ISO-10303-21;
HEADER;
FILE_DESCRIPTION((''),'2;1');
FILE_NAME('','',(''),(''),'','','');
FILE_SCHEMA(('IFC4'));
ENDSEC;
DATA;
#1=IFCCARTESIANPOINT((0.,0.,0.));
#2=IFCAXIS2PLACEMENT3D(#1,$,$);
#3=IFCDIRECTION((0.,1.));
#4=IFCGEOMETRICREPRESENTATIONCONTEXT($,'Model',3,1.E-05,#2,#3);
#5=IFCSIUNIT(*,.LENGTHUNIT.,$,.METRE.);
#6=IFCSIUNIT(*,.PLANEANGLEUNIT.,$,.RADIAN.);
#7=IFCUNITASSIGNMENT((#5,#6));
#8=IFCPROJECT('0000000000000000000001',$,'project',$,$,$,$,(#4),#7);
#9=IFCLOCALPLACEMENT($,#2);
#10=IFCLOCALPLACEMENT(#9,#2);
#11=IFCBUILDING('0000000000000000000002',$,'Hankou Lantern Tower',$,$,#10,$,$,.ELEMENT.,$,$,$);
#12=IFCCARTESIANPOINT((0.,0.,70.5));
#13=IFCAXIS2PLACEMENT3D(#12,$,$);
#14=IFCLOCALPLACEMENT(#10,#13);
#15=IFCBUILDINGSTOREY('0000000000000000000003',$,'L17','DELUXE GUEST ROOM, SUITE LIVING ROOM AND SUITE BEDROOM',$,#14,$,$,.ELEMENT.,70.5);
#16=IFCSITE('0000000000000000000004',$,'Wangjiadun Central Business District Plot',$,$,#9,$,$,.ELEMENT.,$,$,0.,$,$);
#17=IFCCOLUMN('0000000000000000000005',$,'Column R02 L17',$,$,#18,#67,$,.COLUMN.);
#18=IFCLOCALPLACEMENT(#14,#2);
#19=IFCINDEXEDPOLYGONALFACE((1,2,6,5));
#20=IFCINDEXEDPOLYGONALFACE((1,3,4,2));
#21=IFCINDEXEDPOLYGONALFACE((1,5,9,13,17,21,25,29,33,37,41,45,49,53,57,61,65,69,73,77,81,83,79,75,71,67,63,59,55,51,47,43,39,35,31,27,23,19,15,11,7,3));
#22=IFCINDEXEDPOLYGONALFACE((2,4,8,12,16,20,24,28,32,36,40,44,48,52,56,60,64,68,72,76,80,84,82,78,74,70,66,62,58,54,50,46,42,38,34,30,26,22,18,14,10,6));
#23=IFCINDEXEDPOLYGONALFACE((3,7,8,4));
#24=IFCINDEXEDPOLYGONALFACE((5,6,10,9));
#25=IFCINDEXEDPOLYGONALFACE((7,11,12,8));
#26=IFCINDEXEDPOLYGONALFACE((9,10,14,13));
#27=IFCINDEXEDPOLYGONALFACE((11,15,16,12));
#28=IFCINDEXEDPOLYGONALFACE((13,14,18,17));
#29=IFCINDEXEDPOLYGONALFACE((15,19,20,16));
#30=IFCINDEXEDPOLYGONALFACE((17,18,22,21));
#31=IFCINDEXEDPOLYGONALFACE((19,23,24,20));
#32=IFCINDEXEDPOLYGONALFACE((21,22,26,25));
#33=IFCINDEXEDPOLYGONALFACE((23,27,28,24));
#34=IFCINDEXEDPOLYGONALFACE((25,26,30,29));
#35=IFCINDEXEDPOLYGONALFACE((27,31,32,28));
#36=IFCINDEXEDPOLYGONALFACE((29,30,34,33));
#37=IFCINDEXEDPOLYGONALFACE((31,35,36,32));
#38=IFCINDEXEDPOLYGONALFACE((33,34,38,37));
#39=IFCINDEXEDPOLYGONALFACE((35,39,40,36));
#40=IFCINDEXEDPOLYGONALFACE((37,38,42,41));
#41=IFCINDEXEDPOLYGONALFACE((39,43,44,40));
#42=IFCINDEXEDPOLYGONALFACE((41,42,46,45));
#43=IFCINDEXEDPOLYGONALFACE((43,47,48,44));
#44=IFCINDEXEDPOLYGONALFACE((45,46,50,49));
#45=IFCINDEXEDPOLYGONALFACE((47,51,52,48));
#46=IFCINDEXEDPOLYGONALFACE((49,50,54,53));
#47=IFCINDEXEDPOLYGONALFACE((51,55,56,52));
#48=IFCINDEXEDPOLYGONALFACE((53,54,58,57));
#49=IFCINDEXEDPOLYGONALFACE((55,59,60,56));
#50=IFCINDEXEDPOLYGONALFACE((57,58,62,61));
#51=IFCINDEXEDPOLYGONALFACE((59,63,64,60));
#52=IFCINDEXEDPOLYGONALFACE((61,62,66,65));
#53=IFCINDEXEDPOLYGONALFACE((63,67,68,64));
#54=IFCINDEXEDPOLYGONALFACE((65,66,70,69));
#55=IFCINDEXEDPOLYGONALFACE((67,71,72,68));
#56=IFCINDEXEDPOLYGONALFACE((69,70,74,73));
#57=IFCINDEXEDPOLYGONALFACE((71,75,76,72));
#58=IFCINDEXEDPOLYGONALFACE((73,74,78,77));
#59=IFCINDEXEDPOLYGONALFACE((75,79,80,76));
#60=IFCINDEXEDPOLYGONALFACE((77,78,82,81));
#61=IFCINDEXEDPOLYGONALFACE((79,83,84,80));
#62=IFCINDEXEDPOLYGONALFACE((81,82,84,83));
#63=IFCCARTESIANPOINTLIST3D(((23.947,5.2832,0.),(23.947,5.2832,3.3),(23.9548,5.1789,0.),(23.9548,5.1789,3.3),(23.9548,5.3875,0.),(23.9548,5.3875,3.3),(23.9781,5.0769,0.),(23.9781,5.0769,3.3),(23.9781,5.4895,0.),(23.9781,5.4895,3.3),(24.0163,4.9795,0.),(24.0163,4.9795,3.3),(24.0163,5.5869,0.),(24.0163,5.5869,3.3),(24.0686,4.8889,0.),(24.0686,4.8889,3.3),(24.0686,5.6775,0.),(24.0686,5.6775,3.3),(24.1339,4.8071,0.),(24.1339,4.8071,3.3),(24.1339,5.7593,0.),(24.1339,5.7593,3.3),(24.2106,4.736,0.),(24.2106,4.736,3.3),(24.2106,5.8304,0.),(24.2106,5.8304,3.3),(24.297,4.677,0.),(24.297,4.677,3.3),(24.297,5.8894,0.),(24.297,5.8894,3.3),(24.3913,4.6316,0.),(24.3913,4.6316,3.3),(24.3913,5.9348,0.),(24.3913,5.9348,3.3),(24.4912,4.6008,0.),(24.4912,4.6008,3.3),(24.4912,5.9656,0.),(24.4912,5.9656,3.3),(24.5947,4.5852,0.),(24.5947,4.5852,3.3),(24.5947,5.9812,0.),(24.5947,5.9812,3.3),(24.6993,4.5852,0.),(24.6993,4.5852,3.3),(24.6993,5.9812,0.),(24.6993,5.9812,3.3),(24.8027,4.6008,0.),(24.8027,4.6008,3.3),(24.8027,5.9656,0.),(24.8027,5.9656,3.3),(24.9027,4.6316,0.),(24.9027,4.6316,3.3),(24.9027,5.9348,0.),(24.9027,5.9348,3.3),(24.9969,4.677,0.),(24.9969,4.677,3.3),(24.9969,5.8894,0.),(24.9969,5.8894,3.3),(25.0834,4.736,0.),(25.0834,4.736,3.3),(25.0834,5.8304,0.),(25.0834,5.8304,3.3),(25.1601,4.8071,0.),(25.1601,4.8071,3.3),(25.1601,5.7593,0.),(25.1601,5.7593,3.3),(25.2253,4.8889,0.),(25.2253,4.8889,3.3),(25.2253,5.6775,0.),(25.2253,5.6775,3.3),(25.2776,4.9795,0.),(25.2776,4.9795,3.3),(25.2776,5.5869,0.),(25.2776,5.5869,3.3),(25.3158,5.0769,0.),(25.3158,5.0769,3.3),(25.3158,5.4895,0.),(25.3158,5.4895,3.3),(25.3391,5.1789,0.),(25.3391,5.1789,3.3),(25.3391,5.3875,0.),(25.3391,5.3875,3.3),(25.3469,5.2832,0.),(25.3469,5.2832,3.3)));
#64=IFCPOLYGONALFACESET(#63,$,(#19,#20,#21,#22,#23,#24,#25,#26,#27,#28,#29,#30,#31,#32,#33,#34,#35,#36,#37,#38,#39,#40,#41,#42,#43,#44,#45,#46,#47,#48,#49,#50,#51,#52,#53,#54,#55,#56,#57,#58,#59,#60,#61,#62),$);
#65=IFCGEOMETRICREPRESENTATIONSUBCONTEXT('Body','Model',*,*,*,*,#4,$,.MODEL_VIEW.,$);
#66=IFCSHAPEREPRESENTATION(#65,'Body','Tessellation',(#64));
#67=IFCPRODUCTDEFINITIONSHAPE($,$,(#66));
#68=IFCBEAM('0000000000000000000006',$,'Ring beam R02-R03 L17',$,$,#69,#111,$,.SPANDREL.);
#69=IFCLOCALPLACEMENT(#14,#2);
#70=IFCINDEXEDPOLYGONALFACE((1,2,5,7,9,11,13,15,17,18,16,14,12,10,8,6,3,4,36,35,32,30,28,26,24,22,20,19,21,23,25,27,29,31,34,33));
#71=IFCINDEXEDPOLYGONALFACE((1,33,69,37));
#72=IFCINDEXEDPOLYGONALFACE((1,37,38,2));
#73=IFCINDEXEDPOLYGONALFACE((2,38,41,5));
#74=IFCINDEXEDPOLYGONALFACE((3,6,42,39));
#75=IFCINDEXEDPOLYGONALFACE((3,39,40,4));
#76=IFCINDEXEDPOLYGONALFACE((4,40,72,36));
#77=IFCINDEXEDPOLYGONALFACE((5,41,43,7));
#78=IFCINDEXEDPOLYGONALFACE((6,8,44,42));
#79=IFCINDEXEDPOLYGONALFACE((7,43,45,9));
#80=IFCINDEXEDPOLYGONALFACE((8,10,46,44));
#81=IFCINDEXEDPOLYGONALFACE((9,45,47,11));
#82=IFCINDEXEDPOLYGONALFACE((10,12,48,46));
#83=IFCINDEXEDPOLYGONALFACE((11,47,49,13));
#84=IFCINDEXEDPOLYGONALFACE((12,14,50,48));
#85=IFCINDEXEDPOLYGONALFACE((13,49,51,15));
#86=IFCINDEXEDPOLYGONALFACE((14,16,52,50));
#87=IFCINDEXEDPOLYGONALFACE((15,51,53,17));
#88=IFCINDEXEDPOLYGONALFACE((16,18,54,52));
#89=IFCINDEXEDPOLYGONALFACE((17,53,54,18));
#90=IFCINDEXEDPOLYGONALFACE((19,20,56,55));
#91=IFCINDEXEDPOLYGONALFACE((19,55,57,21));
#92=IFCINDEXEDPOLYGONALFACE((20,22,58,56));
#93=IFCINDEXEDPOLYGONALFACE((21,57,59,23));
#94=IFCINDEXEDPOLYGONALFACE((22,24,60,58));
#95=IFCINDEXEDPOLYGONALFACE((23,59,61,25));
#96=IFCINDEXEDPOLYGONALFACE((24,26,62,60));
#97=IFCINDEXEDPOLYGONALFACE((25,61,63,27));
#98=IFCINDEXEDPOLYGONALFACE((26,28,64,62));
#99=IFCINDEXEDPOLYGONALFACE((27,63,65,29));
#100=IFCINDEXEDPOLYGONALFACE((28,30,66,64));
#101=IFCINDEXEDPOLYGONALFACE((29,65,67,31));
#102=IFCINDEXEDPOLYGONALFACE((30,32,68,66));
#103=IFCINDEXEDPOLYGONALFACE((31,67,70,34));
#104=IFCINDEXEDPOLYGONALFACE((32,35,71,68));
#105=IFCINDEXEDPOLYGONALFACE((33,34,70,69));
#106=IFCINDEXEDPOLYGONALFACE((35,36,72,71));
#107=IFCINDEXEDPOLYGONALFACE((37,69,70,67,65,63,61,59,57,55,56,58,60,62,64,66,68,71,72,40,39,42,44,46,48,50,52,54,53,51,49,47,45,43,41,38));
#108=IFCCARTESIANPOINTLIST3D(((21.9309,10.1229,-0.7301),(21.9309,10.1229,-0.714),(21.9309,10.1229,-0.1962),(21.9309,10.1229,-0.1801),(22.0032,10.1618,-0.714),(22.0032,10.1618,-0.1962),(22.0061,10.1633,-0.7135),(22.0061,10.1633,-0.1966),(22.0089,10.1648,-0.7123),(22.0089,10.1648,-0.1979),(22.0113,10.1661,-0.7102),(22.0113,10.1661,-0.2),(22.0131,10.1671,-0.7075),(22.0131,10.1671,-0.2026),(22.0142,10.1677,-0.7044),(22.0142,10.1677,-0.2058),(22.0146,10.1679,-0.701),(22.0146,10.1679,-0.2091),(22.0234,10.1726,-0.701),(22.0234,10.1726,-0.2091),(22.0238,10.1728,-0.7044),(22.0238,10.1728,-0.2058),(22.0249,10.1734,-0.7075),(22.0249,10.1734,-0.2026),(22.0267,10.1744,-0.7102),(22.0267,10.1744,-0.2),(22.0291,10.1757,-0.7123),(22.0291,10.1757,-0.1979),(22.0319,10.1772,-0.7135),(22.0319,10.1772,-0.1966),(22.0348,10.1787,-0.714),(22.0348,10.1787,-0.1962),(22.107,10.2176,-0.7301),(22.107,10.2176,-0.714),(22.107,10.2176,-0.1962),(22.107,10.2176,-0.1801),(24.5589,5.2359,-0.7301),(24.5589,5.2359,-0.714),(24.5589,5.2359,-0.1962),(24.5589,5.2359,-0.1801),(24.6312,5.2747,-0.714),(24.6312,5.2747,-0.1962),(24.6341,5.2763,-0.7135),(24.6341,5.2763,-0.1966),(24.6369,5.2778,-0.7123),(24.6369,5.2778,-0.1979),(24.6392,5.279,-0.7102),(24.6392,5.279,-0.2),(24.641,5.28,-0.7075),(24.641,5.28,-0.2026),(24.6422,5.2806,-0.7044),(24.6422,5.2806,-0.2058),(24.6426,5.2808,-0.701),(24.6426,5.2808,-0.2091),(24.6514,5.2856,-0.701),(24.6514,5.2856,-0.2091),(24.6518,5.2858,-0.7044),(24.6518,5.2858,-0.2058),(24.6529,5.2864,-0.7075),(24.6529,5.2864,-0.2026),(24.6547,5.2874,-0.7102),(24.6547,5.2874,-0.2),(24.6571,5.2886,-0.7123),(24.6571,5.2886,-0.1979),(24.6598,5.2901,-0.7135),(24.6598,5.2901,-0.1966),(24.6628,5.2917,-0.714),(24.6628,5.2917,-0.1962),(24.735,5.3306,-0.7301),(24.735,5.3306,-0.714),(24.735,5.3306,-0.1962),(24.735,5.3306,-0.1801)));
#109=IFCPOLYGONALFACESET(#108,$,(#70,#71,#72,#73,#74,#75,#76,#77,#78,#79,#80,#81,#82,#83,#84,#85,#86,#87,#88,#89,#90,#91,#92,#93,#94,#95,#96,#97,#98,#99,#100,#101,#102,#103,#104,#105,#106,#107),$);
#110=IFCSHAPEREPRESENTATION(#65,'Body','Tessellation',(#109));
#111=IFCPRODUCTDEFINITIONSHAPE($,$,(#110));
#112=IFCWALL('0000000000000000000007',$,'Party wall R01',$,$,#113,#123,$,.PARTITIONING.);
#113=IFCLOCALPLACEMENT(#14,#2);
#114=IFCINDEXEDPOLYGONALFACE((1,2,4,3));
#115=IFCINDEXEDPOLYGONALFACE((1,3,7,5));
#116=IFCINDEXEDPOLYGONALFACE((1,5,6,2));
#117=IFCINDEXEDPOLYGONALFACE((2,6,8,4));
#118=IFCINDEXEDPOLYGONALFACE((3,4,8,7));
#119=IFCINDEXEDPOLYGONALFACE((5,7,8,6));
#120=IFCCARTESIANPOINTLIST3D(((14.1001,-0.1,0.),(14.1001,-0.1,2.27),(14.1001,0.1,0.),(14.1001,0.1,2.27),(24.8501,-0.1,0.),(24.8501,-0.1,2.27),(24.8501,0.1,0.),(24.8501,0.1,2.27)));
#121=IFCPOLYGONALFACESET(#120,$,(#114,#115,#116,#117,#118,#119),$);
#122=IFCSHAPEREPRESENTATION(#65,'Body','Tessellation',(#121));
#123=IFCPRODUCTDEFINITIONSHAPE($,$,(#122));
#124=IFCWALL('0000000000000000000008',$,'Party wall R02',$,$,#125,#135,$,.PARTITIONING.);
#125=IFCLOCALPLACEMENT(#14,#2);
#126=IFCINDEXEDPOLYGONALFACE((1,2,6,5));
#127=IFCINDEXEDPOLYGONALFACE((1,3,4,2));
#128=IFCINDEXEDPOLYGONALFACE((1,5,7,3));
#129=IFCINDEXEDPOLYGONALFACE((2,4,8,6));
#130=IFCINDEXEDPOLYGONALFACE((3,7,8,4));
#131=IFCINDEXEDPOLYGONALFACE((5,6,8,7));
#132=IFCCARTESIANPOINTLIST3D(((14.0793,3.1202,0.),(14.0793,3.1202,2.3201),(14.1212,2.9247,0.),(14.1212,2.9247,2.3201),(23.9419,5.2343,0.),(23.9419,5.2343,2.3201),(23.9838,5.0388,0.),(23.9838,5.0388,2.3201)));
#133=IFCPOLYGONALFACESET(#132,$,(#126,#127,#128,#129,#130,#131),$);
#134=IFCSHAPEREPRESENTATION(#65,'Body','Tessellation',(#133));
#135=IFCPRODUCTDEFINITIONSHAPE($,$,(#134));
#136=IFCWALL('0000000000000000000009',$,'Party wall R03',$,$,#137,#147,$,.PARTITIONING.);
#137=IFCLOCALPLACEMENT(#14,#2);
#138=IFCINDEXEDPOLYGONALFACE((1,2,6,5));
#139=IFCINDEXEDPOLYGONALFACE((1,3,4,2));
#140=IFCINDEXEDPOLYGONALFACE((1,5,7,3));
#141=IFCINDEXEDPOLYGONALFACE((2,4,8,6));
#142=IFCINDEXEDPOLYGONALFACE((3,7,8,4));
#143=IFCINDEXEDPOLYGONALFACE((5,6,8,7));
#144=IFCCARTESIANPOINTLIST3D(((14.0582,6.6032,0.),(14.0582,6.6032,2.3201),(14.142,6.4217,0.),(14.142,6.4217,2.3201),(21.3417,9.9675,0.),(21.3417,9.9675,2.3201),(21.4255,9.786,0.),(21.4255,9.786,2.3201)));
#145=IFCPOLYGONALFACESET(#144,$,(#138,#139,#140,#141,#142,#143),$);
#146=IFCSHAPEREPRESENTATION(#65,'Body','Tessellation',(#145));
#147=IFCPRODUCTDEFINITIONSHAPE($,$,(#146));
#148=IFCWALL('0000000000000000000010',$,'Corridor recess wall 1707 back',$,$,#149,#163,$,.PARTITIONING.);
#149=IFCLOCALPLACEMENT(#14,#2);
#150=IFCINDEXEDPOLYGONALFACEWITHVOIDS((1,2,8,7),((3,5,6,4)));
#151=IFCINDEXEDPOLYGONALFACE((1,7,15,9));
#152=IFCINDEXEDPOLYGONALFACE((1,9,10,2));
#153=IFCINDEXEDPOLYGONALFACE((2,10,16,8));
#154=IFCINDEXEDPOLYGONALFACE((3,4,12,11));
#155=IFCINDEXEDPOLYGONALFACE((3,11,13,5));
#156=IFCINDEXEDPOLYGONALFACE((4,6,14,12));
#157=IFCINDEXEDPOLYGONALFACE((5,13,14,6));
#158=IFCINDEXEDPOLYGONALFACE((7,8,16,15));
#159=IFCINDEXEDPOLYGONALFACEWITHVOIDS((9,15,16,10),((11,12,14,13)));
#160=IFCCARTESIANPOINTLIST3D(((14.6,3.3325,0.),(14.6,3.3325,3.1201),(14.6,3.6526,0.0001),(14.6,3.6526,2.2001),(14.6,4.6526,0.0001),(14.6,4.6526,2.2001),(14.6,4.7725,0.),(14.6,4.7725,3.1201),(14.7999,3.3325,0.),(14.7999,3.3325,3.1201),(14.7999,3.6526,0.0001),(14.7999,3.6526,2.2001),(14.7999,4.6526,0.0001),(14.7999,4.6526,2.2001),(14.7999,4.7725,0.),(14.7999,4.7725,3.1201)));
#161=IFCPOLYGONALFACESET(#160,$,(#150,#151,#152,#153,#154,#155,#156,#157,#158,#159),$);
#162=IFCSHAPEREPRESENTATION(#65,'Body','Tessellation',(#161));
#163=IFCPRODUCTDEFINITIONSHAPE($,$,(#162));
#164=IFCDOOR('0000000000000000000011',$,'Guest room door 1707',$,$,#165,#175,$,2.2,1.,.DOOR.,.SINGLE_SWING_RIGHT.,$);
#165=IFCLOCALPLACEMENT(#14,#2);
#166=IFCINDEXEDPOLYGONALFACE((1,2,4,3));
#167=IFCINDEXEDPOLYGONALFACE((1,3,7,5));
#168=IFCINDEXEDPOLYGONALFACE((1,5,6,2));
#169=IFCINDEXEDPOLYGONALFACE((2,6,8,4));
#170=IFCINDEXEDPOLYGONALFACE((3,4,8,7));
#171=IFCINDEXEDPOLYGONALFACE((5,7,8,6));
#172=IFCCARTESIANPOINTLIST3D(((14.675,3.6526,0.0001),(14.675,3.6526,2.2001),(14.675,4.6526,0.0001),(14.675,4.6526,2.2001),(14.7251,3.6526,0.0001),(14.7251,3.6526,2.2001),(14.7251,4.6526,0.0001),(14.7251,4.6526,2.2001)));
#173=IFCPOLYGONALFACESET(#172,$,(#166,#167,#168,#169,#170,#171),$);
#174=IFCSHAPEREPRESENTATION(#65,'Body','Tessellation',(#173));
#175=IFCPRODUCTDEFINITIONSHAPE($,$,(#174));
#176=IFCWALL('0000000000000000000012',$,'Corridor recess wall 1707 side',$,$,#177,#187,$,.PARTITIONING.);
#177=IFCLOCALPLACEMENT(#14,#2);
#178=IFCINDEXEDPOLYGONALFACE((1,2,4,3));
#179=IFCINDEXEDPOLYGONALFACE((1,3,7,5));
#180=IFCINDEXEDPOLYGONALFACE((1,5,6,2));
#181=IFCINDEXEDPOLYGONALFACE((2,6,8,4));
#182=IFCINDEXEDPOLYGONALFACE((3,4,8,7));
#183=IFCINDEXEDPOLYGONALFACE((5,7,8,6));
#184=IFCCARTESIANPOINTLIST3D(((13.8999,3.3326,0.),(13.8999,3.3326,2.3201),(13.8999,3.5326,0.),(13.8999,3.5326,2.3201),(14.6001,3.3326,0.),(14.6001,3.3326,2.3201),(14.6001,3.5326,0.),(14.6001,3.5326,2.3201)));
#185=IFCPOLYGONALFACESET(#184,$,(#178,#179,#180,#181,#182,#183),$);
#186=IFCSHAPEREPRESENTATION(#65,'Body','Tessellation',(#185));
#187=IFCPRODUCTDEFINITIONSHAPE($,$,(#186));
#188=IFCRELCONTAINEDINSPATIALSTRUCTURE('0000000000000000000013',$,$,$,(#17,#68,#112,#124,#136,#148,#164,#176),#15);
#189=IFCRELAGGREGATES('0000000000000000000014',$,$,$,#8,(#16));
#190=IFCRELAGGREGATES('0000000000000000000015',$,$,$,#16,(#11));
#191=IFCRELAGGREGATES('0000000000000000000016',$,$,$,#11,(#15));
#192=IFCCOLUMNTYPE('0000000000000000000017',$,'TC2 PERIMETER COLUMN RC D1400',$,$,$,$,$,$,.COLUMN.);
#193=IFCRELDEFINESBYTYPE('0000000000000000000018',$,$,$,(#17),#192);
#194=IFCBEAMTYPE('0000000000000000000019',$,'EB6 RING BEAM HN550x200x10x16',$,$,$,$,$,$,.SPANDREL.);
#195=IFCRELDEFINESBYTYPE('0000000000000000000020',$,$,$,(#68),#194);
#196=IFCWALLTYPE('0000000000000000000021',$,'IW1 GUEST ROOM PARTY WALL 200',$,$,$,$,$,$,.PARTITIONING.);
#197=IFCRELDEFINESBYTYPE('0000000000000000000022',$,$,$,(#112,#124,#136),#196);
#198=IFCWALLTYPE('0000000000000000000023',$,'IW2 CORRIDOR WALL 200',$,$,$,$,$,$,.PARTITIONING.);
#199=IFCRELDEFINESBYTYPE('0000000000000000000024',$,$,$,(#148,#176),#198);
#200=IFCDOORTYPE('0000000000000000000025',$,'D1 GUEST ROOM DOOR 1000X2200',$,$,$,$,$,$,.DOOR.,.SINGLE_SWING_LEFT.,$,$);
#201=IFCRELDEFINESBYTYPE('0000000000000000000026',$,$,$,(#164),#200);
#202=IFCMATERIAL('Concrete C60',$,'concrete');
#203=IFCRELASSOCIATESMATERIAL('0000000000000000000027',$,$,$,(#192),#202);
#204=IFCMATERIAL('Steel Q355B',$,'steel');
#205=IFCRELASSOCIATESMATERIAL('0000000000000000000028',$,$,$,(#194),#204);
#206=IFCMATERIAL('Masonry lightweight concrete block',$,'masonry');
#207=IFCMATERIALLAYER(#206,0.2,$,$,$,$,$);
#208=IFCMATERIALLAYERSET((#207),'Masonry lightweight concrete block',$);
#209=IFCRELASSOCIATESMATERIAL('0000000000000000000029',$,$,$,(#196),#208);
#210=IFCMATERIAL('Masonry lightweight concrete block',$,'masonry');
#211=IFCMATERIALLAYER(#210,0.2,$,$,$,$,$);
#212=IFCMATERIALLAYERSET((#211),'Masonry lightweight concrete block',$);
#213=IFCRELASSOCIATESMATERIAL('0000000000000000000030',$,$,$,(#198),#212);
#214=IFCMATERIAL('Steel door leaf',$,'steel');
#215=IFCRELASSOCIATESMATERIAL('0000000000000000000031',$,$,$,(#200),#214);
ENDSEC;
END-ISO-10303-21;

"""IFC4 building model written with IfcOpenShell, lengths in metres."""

from ifc_helpers import new_model, si_unit, direction, frame, frame_2d, origin, origin_2d, place, context, subcontext, project, spatial, rectangle, circle, i_section, extrude, material, layer, layer_set, material_profile, profile_set, type_object, element, fill, save


model = new_model("IFC4")

# Units and contexts
model_context = context("Model", 3, precision=1e-05, world=origin(), true_north=direction((0.0, 1.0)))
body_context = subcontext(model_context, "Body", "Model", "MODEL_VIEW")
ifc_project = project(units=[si_unit("LENGTHUNIT", "METRE"), si_unit("PLANEANGLEUNIT", "RADIAN")], contexts=[model_context])

# Site, building, storey
site_placement = place(None, origin())
site = spatial("IfcSite", under=ifc_project, at=site_placement, Name="Wangjiadun Central Business District Plot", CompositionType="ELEMENT", RefElevation=0.0)
building_placement = place(site_placement, origin())
building = spatial("IfcBuilding", under=site, at=building_placement, Name="Hankou Lantern Tower", CompositionType="ELEMENT")
storey_placement = place(building_placement, frame((0.0, 0.0, 70.5)))
storey = spatial("IfcBuildingStorey", under=building, at=storey_placement, Name="L17", Description="DELUXE GUEST ROOM, SUITE LIVING ROOM AND SUITE BEDROOM", CompositionType="ELEMENT", Elevation=70.5)

# Column
ifc_material_1 = material(Name="Concrete C60", Category="concrete")
ifc_material_profile_1 = material_profile(ifc_material_1, circle(Radius=0.7, at=origin_2d()), Name="RC D1400")
ifc_profile_set_1 = profile_set([ifc_material_profile_1], Name="Concrete C60")
column_type = type_object("IfcColumnType", Name="TC2 PERIMETER COLUMN RC D1400", PredefinedType="COLUMN", material=ifc_profile_set_1)
column_placement = place(storey_placement, frame((24.647, 5.2832, 0.0), z_axis=(0.0, 0.0, 1.0), x_axis=(1.0, 0.0, 0.0)))
element("IfcColumn", 1, at=column_placement, inside=storey, type_object=column_type, Name="Column R02 L17", PredefinedType="COLUMN", context=body_context, shape_type="SweptSolid", body=[
    extrude(circle(Radius=0.7, at=origin_2d()), origin(), (0.0, 0.0, 1.0), 3.3),
])

# Beam
ifc_material_2 = material(Name="Steel Q355B", Category="steel")
ifc_material_profile_2 = material_profile(ifc_material_2, i_section(OverallWidth=0.2, OverallDepth=0.55, WebThickness=0.01, FlangeThickness=0.0161, FilletRadius=0.0129, at=origin_2d()), Name="HN550x200x10x16")
ifc_profile_set_2 = profile_set([ifc_material_profile_2], Name="Steel Q355B")
beam_type = type_object("IfcBeamType", Name="EB6 RING BEAM HN550x200x10x16", PredefinedType="SPANDREL", material=ifc_profile_set_2)
beam_placement = place(storey_placement, frame((24.647, 5.2832, -0.4551), z_axis=(-0.473609, 0.880735, 0.0), x_axis=(-0.880735, -0.473609, 0.0)))
element("IfcBeam", 2, at=beam_placement, inside=storey, type_object=beam_type, Name="Ring beam R02-R03 L17", PredefinedType="SPANDREL", context=body_context, shape_type="SweptSolid", body=[
    extrude(i_section(OverallWidth=0.2, OverallDepth=0.55, WebThickness=0.01, FlangeThickness=0.0161, FilletRadius=0.0129, at=origin_2d()), origin(), (0.0, 0.0, 1.0), 5.5488),
])

# Walls
ifc_material_3 = material(Name="Masonry lightweight concrete block", Category="masonry")
ifc_layer_1 = layer(ifc_material_3, 0.2)
ifc_layer_set_1 = layer_set([ifc_layer_1], Name="Masonry lightweight concrete block")
wall_type_1 = type_object("IfcWallType", Name="IW1 GUEST ROOM PARTY WALL 200", PredefinedType="PARTITIONING", material=ifc_layer_set_1)
wall_1_placement = place(storey_placement, frame((14.1001, 0.0, 0.0), z_axis=(0.0, 0.0, 1.0), x_axis=(1.0, 0.0, 0.0)))
element("IfcWall", 3, at=wall_1_placement, inside=storey, type_object=wall_type_1, Name="Party wall R01", PredefinedType="PARTITIONING", context=body_context, shape_type="SweptSolid", body=[
    extrude(rectangle(XDim=10.75, YDim=0.2, at=frame_2d((5.375, 0.0))), origin(), (0.0, 0.0, 1.0), 2.27),
])
wall_2_placement = place(storey_placement, frame((14.1001, 3.0225, 0.0), z_axis=(0.0, 0.0, 1.0), x_axis=(0.97779, 0.209587, 0.0)))
element("IfcWall", 4, at=wall_2_placement, inside=storey, type_object=wall_type_1, Name="Party wall R02", PredefinedType="PARTITIONING", context=body_context, shape_type="SweptSolid", body=[
    extrude(rectangle(XDim=10.0867, YDim=0.2, at=frame_2d((5.0435, 0.0))), origin(), (0.0, 0.0, 1.0), 2.3201),
])
wall_3_placement = place(storey_placement, frame((14.1001, 6.5125, 0.0), z_axis=(0.0, 0.0, 1.0), x_axis=(0.907833, 0.419332, 0.0)))
element("IfcWall", 5, at=wall_3_placement, inside=storey, type_object=wall_type_1, Name="Party wall R03", PredefinedType="PARTITIONING", context=body_context, shape_type="SweptSolid", body=[
    extrude(rectangle(XDim=8.0229, YDim=0.2, at=frame_2d((4.0115, 0.0))), origin(), (0.0, 0.0, 1.0), 2.3201),
])

# Wall, opening, door
ifc_material_4 = material(Name="Masonry lightweight concrete block", Category="masonry")
ifc_layer_2 = layer(ifc_material_4, 0.2)
ifc_layer_set_2 = layer_set([ifc_layer_2], Name="Masonry lightweight concrete block")
wall_type_2 = type_object("IfcWallType", Name="IW2 CORRIDOR WALL 200", PredefinedType="PARTITIONING", material=ifc_layer_set_2)
wall_4_placement = place(storey_placement, frame((14.7, 3.3325, 0.0), z_axis=(0.0, 0.0, 1.0), x_axis=(0.0, 1.0, 0.0)))
wall_4 = element("IfcWall", 6, at=wall_4_placement, inside=storey, type_object=wall_type_2, Name="Corridor recess wall 1707 back", PredefinedType="PARTITIONING", context=body_context, shape_type="SweptSolid", body=[
    extrude(rectangle(XDim=1.4399, YDim=0.2, at=frame_2d((0.72, 0.0))), origin(), (0.0, 0.0, 1.0), 3.1201),
])
opening_1_placement = place(wall_4_placement, frame((0.3201, 0.0, 0.0)))
opening_1 = element("IfcOpeningElement", 7, at=opening_1_placement, cuts=wall_4, PredefinedType="OPENING", context=body_context, shape_type="SweptSolid", body=[
    extrude(rectangle(XDim=1.0, YDim=2.2, at=frame_2d((0.5, 1.1001))), frame((0.0, 0.1099, 0.0), z_axis=(0.0, -1.0, 0.0), x_axis=(1.0, 0.0, 0.0)), (0.0, 0.0, 1.0), 0.22),
])
ifc_material_5 = material(Name="Steel door leaf", Category="steel")
door_type_1 = type_object("IfcDoorType", Name="D1 GUEST ROOM DOOR 1000X2200", OperationType="SINGLE_SWING_LEFT", PredefinedType="DOOR", material=ifc_material_5)
door_1_placement = place(opening_1_placement, origin())
door_1 = element("IfcDoor", 8, at=door_1_placement, inside=storey, type_object=door_type_1, Name="Guest room door 1707", OperationType="SINGLE_SWING_RIGHT", OverallHeight=2.2, OverallWidth=1.0, PredefinedType="DOOR", context=body_context, shape_type="SweptSolid", body=[
    extrude(rectangle(XDim=1.0, YDim=2.2, at=frame_2d((0.5, 1.1001))), frame((0.0, 0.0249, 0.0), z_axis=(0.0, -1.0, 0.0), x_axis=(1.0, 0.0, 0.0)), (0.0, 0.0, 1.0), 0.05),
])
fill(opening_1, door_1)

# Wall
wall_5_placement = place(storey_placement, frame((13.8999, 3.4326, 0.0), z_axis=(0.0, 0.0, 1.0), x_axis=(1.0, 0.0, 0.0)))
element("IfcWall", 9, at=wall_5_placement, inside=storey, type_object=wall_type_2, Name="Corridor recess wall 1707 side", PredefinedType="PARTITIONING", context=body_context, shape_type="SweptSolid", body=[
    extrude(rectangle(XDim=0.7002, YDim=0.2, at=frame_2d((0.3501, 0.0))), origin(), (0.0, 0.0, 1.0), 2.3201),
])

save(model, "model.ifc")
